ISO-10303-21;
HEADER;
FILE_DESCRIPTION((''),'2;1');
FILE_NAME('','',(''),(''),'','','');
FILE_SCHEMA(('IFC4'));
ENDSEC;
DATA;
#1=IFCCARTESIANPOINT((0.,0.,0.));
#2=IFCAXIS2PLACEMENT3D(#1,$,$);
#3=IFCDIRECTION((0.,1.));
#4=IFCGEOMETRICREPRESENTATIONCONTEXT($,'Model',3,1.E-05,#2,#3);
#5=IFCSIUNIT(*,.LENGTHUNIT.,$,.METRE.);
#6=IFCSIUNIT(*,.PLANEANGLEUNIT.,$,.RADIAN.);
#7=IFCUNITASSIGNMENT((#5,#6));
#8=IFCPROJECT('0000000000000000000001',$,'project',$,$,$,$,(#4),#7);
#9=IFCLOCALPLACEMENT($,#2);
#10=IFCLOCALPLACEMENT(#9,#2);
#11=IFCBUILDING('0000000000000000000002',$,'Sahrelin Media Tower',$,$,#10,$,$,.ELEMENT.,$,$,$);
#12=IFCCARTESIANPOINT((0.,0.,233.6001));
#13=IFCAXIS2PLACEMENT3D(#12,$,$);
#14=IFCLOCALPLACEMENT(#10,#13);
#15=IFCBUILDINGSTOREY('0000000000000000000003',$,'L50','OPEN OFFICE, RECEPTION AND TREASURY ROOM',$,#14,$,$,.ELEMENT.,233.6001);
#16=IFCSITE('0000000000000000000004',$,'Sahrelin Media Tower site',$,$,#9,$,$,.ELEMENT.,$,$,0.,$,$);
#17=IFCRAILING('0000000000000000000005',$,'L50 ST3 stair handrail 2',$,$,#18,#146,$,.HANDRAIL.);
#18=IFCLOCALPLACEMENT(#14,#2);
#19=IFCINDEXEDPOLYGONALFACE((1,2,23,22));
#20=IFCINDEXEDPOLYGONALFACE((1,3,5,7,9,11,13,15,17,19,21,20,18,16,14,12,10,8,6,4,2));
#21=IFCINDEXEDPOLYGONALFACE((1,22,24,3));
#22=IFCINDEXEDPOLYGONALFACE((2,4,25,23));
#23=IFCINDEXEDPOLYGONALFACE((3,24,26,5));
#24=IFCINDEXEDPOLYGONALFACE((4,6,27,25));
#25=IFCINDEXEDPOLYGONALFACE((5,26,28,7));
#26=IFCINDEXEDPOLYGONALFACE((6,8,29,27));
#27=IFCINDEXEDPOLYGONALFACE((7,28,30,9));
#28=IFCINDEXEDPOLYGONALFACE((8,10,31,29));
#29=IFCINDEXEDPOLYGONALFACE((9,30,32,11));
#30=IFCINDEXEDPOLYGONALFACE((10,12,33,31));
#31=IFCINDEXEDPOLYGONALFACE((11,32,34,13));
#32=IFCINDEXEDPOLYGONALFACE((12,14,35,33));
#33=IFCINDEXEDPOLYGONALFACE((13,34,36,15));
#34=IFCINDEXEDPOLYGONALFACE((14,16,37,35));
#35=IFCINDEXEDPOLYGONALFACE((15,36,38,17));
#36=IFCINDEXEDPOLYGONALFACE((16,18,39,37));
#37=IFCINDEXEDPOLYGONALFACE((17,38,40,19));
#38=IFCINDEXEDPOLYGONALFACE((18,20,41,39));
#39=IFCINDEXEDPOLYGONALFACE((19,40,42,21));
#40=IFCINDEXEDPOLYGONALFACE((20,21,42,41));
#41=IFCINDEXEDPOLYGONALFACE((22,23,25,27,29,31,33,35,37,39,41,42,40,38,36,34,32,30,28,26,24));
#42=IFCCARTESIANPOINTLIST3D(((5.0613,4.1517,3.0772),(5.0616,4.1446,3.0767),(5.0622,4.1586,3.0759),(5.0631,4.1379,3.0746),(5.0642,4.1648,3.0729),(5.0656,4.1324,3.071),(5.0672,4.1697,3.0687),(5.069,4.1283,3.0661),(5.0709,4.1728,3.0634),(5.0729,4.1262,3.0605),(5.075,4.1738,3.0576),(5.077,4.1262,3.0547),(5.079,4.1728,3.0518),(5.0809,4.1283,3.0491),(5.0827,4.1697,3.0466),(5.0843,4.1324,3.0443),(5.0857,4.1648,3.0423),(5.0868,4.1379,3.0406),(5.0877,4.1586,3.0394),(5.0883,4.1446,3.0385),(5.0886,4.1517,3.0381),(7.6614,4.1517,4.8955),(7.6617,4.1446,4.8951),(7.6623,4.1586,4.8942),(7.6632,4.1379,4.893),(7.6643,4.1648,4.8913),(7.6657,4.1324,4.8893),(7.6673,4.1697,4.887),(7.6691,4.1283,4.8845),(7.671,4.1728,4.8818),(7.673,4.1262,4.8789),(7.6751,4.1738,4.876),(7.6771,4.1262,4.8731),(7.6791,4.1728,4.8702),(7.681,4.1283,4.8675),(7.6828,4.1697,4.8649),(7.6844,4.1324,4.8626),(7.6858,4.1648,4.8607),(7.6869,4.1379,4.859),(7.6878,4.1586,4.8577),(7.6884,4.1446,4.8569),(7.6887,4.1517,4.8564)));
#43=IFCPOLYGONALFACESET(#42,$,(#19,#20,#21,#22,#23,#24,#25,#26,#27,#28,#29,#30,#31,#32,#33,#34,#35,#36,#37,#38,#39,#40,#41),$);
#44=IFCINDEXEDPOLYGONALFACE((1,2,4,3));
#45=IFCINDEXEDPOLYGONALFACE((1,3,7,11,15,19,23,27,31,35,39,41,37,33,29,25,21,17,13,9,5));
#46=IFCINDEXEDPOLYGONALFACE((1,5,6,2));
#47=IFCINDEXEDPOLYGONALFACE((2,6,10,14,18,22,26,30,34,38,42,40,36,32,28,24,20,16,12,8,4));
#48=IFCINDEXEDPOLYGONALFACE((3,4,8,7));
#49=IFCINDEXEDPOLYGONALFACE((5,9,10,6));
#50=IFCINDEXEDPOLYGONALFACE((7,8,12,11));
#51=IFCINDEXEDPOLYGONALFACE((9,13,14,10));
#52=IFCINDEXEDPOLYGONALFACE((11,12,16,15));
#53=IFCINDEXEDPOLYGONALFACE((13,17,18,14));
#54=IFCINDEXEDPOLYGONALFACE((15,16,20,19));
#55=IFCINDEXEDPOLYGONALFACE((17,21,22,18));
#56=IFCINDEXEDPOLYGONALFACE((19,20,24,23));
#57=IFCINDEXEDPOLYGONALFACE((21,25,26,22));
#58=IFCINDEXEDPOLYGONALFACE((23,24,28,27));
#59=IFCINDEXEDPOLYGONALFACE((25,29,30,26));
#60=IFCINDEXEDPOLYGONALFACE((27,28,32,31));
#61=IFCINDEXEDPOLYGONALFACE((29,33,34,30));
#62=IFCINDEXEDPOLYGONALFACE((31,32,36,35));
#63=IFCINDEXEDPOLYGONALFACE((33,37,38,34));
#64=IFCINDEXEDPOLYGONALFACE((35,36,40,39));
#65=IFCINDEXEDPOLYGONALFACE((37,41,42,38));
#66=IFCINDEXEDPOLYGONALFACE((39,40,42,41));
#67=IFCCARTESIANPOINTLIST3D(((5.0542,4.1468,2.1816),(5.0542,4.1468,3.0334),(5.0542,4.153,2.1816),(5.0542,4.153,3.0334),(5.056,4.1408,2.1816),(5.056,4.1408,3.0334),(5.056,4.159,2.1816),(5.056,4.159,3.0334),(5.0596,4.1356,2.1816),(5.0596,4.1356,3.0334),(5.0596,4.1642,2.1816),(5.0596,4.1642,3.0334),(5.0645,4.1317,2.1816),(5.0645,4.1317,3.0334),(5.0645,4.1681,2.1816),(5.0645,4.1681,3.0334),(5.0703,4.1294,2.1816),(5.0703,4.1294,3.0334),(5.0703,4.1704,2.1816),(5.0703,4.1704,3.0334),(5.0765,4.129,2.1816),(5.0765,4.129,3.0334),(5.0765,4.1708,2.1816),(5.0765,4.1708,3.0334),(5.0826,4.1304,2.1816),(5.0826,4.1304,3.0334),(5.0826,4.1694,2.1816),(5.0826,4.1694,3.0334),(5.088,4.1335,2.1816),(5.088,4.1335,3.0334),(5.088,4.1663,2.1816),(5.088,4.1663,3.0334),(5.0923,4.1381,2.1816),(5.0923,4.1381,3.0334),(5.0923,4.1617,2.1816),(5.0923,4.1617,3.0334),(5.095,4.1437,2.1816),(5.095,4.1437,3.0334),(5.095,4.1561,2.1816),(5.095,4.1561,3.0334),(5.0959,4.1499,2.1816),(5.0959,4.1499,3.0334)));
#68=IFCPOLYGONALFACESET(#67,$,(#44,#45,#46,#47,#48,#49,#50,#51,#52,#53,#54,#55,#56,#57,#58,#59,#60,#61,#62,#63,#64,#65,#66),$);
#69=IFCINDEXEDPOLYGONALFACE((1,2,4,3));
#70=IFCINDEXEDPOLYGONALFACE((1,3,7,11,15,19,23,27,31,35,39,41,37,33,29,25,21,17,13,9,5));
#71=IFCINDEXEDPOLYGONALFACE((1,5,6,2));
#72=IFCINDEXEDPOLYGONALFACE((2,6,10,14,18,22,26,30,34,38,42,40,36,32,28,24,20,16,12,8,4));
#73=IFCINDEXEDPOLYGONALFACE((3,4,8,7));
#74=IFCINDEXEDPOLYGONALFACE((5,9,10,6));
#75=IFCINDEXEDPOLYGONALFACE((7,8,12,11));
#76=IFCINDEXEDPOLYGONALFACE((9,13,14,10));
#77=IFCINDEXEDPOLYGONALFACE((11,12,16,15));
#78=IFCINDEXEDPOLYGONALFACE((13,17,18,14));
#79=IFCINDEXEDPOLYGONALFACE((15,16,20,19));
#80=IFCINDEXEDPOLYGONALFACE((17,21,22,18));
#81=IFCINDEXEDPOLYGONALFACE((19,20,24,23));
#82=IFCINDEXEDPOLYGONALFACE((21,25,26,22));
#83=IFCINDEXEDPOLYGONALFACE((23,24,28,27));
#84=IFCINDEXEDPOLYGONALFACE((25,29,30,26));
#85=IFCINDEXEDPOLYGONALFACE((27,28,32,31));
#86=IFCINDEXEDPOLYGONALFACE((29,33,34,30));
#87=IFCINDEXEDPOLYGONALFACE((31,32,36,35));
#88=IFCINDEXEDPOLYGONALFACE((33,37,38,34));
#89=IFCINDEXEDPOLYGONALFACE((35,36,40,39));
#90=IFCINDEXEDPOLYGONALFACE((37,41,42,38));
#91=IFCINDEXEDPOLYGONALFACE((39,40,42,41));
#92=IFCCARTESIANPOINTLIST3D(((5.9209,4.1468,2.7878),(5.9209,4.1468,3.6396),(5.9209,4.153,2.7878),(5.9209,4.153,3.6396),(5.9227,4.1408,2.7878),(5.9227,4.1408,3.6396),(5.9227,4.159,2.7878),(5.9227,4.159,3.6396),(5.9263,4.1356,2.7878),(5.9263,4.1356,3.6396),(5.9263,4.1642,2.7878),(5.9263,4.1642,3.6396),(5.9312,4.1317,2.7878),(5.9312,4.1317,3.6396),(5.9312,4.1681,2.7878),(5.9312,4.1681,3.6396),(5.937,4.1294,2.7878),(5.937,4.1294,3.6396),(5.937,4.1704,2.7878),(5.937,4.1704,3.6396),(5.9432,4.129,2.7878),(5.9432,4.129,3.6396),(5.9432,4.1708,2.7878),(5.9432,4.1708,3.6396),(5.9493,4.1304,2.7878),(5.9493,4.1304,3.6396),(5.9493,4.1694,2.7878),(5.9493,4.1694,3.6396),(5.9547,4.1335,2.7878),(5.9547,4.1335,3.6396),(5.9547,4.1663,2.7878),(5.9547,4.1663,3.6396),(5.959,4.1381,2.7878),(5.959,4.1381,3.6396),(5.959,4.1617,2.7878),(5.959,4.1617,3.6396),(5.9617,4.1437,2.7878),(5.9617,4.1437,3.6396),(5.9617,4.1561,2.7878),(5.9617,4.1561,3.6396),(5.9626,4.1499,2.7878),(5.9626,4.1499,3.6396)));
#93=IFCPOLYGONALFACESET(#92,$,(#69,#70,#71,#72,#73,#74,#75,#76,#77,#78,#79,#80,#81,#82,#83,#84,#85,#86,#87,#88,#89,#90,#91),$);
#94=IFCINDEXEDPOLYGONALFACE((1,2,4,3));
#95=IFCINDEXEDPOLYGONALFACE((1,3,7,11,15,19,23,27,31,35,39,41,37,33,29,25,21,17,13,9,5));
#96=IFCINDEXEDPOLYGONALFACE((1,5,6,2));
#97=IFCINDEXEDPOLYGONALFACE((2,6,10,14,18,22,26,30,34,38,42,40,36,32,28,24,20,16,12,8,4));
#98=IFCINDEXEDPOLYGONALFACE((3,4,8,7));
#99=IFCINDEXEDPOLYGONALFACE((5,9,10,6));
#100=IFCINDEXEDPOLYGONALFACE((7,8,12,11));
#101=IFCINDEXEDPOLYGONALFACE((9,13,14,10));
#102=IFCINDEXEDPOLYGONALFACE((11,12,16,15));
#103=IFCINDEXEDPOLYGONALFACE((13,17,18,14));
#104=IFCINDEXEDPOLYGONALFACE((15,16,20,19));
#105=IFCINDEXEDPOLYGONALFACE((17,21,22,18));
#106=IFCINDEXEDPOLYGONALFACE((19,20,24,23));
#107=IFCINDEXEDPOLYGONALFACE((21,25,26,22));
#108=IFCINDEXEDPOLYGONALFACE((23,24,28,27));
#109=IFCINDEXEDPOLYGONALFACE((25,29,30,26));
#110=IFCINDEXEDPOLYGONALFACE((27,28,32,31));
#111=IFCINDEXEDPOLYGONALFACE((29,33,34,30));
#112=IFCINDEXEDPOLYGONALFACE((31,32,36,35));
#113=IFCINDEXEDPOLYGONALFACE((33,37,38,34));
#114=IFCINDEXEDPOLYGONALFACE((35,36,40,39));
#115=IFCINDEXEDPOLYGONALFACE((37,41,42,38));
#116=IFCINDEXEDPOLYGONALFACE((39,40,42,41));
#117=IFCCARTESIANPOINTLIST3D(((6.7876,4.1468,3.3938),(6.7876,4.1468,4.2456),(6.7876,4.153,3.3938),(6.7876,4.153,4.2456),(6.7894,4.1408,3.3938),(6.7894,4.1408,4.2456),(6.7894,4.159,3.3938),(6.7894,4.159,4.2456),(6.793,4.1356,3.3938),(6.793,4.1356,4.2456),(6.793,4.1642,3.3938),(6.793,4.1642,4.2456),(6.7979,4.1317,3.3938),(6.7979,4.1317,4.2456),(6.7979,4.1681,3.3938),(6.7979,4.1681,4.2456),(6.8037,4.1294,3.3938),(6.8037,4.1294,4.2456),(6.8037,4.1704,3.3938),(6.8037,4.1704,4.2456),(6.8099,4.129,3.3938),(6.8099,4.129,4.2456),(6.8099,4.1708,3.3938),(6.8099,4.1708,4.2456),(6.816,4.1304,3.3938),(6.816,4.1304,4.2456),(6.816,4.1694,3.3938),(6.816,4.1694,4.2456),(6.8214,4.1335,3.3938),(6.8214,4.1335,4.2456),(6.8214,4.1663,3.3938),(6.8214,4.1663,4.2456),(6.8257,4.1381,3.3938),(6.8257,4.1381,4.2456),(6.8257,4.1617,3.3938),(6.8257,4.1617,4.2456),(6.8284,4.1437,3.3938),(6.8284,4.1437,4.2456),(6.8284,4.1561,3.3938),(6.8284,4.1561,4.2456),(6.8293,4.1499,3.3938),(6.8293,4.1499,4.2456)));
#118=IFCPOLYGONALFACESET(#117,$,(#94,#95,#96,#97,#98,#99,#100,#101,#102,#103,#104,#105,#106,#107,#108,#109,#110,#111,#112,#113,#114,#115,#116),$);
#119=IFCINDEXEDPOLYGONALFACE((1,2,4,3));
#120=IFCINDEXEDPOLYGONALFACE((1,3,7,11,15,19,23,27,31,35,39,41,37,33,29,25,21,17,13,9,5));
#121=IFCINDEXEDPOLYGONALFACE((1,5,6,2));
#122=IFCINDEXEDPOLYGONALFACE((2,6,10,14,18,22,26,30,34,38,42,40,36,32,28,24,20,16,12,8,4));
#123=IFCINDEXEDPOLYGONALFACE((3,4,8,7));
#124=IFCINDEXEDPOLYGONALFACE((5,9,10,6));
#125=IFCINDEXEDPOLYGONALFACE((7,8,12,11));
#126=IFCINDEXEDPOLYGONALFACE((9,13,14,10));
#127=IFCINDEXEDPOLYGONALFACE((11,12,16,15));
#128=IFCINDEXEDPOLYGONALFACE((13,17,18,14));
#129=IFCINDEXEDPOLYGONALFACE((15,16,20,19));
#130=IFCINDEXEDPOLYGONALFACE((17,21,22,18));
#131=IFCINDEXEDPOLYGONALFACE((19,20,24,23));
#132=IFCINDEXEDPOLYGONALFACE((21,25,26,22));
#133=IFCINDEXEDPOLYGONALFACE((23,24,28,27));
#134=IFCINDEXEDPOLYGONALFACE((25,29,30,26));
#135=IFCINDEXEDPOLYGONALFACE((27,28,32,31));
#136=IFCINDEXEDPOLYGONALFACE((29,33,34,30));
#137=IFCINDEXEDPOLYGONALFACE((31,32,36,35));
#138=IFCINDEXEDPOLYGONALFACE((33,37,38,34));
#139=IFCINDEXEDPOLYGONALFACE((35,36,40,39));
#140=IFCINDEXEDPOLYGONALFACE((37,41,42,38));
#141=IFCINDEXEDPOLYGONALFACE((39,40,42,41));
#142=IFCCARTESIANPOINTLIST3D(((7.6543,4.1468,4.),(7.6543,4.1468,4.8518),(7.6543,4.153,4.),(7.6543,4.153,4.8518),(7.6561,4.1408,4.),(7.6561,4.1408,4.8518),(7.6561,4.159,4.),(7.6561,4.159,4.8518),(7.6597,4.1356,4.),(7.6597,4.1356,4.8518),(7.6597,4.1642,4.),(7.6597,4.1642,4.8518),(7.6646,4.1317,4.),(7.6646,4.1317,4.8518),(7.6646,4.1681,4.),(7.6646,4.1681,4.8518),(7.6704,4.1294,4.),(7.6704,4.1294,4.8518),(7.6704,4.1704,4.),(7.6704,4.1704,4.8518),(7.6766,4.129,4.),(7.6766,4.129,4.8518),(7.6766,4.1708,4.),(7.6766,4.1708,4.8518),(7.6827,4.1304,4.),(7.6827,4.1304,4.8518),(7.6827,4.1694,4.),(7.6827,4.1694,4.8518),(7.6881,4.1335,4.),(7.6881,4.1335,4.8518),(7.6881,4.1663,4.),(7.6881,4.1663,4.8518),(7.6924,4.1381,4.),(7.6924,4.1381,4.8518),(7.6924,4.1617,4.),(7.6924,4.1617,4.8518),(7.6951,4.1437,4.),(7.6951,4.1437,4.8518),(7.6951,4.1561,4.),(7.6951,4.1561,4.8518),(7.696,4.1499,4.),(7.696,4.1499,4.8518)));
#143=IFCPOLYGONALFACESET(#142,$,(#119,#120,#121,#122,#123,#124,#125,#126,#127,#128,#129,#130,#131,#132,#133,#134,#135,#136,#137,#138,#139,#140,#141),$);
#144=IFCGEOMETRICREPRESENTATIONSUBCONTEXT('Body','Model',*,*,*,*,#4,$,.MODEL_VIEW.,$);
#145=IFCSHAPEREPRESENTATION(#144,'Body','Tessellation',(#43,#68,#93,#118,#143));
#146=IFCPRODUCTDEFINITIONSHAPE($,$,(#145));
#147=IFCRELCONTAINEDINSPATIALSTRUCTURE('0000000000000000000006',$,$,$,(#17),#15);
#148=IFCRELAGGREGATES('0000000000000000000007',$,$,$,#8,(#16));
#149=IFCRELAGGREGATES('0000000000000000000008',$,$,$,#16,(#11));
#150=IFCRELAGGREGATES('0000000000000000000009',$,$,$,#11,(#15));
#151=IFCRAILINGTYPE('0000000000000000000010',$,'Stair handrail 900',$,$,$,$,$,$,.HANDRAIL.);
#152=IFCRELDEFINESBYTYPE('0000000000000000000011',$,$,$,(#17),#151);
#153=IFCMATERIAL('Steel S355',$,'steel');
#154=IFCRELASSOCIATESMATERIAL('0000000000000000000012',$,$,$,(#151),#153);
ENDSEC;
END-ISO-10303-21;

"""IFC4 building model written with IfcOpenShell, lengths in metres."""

from ifc_helpers import new_model, si_unit, direction, frame, origin, origin_2d, place, context, subcontext, project, spatial, circle, extrude, material, type_object, element, save


model = new_model("IFC4")

# Units and contexts
model_context = context("Model", 3, precision=1e-05, world=origin(), true_north=direction((0.0, 1.0)))
body_context = subcontext(model_context, "Body", "Model", "MODEL_VIEW")
ifc_project = project(units=[si_unit("LENGTHUNIT", "METRE"), si_unit("PLANEANGLEUNIT", "RADIAN")], contexts=[model_context])

# Site, building, storey
site_placement = place(None, origin())
site = spatial("IfcSite", under=ifc_project, at=site_placement, Name="Sahrelin Media Tower site", CompositionType="ELEMENT", RefElevation=0.0)
building_placement = place(site_placement, origin())
building = spatial("IfcBuilding", under=site, at=building_placement, Name="Sahrelin Media Tower", CompositionType="ELEMENT")
storey_placement = place(building_placement, frame((0.0, 0.0, 233.6001)))
storey = spatial("IfcBuildingStorey", under=building, at=storey_placement, Name="L50", Description="OPEN OFFICE, RECEPTION AND TREASURY ROOM", CompositionType="ELEMENT", Elevation=233.6001)

# Shared definitions
ifc_material_1 = material(Name="Steel S355", Category="steel")

# Railing
railing_type_1 = type_object("IfcRailingType", Name="Stair handrail 900", PredefinedType="HANDRAIL", material=ifc_material_1)
railing_1_placement = place(storey_placement, frame((5.075, 4.1499, 2.1816)))
element("IfcRailing", 1, at=railing_1_placement, inside=storey, type_object=railing_type_1, Name="L50 ST3 stair handrail 2", PredefinedType="HANDRAIL", context=body_context, shape_type="SweptSolid", body=[
    extrude(circle(Radius=0.0239, at=origin_2d()), frame((0.0, 0.0, 0.876), z_axis=(0.819485, 0.0, 0.573101), x_axis=(0.0, 1.0, 0.0)), (0.0, 0.0, 1.0), 3.1729),
    extrude(circle(Radius=0.021, at=origin_2d()), origin(), (0.0, 0.0, 1.0), 0.8518),
    extrude(circle(Radius=0.021, at=origin_2d()), frame((0.8667, 0.0, 0.6062)), (0.0, 0.0, 1.0), 0.8518),
    extrude(circle(Radius=0.021, at=origin_2d()), frame((1.7334, 0.0, 1.2122)), (0.0, 0.0, 1.0), 0.8518),
    extrude(circle(Radius=0.021, at=origin_2d()), frame((2.6001, 0.0, 1.8184)), (0.0, 0.0, 1.0), 0.8518),
])

save(model, "model.ifc")
